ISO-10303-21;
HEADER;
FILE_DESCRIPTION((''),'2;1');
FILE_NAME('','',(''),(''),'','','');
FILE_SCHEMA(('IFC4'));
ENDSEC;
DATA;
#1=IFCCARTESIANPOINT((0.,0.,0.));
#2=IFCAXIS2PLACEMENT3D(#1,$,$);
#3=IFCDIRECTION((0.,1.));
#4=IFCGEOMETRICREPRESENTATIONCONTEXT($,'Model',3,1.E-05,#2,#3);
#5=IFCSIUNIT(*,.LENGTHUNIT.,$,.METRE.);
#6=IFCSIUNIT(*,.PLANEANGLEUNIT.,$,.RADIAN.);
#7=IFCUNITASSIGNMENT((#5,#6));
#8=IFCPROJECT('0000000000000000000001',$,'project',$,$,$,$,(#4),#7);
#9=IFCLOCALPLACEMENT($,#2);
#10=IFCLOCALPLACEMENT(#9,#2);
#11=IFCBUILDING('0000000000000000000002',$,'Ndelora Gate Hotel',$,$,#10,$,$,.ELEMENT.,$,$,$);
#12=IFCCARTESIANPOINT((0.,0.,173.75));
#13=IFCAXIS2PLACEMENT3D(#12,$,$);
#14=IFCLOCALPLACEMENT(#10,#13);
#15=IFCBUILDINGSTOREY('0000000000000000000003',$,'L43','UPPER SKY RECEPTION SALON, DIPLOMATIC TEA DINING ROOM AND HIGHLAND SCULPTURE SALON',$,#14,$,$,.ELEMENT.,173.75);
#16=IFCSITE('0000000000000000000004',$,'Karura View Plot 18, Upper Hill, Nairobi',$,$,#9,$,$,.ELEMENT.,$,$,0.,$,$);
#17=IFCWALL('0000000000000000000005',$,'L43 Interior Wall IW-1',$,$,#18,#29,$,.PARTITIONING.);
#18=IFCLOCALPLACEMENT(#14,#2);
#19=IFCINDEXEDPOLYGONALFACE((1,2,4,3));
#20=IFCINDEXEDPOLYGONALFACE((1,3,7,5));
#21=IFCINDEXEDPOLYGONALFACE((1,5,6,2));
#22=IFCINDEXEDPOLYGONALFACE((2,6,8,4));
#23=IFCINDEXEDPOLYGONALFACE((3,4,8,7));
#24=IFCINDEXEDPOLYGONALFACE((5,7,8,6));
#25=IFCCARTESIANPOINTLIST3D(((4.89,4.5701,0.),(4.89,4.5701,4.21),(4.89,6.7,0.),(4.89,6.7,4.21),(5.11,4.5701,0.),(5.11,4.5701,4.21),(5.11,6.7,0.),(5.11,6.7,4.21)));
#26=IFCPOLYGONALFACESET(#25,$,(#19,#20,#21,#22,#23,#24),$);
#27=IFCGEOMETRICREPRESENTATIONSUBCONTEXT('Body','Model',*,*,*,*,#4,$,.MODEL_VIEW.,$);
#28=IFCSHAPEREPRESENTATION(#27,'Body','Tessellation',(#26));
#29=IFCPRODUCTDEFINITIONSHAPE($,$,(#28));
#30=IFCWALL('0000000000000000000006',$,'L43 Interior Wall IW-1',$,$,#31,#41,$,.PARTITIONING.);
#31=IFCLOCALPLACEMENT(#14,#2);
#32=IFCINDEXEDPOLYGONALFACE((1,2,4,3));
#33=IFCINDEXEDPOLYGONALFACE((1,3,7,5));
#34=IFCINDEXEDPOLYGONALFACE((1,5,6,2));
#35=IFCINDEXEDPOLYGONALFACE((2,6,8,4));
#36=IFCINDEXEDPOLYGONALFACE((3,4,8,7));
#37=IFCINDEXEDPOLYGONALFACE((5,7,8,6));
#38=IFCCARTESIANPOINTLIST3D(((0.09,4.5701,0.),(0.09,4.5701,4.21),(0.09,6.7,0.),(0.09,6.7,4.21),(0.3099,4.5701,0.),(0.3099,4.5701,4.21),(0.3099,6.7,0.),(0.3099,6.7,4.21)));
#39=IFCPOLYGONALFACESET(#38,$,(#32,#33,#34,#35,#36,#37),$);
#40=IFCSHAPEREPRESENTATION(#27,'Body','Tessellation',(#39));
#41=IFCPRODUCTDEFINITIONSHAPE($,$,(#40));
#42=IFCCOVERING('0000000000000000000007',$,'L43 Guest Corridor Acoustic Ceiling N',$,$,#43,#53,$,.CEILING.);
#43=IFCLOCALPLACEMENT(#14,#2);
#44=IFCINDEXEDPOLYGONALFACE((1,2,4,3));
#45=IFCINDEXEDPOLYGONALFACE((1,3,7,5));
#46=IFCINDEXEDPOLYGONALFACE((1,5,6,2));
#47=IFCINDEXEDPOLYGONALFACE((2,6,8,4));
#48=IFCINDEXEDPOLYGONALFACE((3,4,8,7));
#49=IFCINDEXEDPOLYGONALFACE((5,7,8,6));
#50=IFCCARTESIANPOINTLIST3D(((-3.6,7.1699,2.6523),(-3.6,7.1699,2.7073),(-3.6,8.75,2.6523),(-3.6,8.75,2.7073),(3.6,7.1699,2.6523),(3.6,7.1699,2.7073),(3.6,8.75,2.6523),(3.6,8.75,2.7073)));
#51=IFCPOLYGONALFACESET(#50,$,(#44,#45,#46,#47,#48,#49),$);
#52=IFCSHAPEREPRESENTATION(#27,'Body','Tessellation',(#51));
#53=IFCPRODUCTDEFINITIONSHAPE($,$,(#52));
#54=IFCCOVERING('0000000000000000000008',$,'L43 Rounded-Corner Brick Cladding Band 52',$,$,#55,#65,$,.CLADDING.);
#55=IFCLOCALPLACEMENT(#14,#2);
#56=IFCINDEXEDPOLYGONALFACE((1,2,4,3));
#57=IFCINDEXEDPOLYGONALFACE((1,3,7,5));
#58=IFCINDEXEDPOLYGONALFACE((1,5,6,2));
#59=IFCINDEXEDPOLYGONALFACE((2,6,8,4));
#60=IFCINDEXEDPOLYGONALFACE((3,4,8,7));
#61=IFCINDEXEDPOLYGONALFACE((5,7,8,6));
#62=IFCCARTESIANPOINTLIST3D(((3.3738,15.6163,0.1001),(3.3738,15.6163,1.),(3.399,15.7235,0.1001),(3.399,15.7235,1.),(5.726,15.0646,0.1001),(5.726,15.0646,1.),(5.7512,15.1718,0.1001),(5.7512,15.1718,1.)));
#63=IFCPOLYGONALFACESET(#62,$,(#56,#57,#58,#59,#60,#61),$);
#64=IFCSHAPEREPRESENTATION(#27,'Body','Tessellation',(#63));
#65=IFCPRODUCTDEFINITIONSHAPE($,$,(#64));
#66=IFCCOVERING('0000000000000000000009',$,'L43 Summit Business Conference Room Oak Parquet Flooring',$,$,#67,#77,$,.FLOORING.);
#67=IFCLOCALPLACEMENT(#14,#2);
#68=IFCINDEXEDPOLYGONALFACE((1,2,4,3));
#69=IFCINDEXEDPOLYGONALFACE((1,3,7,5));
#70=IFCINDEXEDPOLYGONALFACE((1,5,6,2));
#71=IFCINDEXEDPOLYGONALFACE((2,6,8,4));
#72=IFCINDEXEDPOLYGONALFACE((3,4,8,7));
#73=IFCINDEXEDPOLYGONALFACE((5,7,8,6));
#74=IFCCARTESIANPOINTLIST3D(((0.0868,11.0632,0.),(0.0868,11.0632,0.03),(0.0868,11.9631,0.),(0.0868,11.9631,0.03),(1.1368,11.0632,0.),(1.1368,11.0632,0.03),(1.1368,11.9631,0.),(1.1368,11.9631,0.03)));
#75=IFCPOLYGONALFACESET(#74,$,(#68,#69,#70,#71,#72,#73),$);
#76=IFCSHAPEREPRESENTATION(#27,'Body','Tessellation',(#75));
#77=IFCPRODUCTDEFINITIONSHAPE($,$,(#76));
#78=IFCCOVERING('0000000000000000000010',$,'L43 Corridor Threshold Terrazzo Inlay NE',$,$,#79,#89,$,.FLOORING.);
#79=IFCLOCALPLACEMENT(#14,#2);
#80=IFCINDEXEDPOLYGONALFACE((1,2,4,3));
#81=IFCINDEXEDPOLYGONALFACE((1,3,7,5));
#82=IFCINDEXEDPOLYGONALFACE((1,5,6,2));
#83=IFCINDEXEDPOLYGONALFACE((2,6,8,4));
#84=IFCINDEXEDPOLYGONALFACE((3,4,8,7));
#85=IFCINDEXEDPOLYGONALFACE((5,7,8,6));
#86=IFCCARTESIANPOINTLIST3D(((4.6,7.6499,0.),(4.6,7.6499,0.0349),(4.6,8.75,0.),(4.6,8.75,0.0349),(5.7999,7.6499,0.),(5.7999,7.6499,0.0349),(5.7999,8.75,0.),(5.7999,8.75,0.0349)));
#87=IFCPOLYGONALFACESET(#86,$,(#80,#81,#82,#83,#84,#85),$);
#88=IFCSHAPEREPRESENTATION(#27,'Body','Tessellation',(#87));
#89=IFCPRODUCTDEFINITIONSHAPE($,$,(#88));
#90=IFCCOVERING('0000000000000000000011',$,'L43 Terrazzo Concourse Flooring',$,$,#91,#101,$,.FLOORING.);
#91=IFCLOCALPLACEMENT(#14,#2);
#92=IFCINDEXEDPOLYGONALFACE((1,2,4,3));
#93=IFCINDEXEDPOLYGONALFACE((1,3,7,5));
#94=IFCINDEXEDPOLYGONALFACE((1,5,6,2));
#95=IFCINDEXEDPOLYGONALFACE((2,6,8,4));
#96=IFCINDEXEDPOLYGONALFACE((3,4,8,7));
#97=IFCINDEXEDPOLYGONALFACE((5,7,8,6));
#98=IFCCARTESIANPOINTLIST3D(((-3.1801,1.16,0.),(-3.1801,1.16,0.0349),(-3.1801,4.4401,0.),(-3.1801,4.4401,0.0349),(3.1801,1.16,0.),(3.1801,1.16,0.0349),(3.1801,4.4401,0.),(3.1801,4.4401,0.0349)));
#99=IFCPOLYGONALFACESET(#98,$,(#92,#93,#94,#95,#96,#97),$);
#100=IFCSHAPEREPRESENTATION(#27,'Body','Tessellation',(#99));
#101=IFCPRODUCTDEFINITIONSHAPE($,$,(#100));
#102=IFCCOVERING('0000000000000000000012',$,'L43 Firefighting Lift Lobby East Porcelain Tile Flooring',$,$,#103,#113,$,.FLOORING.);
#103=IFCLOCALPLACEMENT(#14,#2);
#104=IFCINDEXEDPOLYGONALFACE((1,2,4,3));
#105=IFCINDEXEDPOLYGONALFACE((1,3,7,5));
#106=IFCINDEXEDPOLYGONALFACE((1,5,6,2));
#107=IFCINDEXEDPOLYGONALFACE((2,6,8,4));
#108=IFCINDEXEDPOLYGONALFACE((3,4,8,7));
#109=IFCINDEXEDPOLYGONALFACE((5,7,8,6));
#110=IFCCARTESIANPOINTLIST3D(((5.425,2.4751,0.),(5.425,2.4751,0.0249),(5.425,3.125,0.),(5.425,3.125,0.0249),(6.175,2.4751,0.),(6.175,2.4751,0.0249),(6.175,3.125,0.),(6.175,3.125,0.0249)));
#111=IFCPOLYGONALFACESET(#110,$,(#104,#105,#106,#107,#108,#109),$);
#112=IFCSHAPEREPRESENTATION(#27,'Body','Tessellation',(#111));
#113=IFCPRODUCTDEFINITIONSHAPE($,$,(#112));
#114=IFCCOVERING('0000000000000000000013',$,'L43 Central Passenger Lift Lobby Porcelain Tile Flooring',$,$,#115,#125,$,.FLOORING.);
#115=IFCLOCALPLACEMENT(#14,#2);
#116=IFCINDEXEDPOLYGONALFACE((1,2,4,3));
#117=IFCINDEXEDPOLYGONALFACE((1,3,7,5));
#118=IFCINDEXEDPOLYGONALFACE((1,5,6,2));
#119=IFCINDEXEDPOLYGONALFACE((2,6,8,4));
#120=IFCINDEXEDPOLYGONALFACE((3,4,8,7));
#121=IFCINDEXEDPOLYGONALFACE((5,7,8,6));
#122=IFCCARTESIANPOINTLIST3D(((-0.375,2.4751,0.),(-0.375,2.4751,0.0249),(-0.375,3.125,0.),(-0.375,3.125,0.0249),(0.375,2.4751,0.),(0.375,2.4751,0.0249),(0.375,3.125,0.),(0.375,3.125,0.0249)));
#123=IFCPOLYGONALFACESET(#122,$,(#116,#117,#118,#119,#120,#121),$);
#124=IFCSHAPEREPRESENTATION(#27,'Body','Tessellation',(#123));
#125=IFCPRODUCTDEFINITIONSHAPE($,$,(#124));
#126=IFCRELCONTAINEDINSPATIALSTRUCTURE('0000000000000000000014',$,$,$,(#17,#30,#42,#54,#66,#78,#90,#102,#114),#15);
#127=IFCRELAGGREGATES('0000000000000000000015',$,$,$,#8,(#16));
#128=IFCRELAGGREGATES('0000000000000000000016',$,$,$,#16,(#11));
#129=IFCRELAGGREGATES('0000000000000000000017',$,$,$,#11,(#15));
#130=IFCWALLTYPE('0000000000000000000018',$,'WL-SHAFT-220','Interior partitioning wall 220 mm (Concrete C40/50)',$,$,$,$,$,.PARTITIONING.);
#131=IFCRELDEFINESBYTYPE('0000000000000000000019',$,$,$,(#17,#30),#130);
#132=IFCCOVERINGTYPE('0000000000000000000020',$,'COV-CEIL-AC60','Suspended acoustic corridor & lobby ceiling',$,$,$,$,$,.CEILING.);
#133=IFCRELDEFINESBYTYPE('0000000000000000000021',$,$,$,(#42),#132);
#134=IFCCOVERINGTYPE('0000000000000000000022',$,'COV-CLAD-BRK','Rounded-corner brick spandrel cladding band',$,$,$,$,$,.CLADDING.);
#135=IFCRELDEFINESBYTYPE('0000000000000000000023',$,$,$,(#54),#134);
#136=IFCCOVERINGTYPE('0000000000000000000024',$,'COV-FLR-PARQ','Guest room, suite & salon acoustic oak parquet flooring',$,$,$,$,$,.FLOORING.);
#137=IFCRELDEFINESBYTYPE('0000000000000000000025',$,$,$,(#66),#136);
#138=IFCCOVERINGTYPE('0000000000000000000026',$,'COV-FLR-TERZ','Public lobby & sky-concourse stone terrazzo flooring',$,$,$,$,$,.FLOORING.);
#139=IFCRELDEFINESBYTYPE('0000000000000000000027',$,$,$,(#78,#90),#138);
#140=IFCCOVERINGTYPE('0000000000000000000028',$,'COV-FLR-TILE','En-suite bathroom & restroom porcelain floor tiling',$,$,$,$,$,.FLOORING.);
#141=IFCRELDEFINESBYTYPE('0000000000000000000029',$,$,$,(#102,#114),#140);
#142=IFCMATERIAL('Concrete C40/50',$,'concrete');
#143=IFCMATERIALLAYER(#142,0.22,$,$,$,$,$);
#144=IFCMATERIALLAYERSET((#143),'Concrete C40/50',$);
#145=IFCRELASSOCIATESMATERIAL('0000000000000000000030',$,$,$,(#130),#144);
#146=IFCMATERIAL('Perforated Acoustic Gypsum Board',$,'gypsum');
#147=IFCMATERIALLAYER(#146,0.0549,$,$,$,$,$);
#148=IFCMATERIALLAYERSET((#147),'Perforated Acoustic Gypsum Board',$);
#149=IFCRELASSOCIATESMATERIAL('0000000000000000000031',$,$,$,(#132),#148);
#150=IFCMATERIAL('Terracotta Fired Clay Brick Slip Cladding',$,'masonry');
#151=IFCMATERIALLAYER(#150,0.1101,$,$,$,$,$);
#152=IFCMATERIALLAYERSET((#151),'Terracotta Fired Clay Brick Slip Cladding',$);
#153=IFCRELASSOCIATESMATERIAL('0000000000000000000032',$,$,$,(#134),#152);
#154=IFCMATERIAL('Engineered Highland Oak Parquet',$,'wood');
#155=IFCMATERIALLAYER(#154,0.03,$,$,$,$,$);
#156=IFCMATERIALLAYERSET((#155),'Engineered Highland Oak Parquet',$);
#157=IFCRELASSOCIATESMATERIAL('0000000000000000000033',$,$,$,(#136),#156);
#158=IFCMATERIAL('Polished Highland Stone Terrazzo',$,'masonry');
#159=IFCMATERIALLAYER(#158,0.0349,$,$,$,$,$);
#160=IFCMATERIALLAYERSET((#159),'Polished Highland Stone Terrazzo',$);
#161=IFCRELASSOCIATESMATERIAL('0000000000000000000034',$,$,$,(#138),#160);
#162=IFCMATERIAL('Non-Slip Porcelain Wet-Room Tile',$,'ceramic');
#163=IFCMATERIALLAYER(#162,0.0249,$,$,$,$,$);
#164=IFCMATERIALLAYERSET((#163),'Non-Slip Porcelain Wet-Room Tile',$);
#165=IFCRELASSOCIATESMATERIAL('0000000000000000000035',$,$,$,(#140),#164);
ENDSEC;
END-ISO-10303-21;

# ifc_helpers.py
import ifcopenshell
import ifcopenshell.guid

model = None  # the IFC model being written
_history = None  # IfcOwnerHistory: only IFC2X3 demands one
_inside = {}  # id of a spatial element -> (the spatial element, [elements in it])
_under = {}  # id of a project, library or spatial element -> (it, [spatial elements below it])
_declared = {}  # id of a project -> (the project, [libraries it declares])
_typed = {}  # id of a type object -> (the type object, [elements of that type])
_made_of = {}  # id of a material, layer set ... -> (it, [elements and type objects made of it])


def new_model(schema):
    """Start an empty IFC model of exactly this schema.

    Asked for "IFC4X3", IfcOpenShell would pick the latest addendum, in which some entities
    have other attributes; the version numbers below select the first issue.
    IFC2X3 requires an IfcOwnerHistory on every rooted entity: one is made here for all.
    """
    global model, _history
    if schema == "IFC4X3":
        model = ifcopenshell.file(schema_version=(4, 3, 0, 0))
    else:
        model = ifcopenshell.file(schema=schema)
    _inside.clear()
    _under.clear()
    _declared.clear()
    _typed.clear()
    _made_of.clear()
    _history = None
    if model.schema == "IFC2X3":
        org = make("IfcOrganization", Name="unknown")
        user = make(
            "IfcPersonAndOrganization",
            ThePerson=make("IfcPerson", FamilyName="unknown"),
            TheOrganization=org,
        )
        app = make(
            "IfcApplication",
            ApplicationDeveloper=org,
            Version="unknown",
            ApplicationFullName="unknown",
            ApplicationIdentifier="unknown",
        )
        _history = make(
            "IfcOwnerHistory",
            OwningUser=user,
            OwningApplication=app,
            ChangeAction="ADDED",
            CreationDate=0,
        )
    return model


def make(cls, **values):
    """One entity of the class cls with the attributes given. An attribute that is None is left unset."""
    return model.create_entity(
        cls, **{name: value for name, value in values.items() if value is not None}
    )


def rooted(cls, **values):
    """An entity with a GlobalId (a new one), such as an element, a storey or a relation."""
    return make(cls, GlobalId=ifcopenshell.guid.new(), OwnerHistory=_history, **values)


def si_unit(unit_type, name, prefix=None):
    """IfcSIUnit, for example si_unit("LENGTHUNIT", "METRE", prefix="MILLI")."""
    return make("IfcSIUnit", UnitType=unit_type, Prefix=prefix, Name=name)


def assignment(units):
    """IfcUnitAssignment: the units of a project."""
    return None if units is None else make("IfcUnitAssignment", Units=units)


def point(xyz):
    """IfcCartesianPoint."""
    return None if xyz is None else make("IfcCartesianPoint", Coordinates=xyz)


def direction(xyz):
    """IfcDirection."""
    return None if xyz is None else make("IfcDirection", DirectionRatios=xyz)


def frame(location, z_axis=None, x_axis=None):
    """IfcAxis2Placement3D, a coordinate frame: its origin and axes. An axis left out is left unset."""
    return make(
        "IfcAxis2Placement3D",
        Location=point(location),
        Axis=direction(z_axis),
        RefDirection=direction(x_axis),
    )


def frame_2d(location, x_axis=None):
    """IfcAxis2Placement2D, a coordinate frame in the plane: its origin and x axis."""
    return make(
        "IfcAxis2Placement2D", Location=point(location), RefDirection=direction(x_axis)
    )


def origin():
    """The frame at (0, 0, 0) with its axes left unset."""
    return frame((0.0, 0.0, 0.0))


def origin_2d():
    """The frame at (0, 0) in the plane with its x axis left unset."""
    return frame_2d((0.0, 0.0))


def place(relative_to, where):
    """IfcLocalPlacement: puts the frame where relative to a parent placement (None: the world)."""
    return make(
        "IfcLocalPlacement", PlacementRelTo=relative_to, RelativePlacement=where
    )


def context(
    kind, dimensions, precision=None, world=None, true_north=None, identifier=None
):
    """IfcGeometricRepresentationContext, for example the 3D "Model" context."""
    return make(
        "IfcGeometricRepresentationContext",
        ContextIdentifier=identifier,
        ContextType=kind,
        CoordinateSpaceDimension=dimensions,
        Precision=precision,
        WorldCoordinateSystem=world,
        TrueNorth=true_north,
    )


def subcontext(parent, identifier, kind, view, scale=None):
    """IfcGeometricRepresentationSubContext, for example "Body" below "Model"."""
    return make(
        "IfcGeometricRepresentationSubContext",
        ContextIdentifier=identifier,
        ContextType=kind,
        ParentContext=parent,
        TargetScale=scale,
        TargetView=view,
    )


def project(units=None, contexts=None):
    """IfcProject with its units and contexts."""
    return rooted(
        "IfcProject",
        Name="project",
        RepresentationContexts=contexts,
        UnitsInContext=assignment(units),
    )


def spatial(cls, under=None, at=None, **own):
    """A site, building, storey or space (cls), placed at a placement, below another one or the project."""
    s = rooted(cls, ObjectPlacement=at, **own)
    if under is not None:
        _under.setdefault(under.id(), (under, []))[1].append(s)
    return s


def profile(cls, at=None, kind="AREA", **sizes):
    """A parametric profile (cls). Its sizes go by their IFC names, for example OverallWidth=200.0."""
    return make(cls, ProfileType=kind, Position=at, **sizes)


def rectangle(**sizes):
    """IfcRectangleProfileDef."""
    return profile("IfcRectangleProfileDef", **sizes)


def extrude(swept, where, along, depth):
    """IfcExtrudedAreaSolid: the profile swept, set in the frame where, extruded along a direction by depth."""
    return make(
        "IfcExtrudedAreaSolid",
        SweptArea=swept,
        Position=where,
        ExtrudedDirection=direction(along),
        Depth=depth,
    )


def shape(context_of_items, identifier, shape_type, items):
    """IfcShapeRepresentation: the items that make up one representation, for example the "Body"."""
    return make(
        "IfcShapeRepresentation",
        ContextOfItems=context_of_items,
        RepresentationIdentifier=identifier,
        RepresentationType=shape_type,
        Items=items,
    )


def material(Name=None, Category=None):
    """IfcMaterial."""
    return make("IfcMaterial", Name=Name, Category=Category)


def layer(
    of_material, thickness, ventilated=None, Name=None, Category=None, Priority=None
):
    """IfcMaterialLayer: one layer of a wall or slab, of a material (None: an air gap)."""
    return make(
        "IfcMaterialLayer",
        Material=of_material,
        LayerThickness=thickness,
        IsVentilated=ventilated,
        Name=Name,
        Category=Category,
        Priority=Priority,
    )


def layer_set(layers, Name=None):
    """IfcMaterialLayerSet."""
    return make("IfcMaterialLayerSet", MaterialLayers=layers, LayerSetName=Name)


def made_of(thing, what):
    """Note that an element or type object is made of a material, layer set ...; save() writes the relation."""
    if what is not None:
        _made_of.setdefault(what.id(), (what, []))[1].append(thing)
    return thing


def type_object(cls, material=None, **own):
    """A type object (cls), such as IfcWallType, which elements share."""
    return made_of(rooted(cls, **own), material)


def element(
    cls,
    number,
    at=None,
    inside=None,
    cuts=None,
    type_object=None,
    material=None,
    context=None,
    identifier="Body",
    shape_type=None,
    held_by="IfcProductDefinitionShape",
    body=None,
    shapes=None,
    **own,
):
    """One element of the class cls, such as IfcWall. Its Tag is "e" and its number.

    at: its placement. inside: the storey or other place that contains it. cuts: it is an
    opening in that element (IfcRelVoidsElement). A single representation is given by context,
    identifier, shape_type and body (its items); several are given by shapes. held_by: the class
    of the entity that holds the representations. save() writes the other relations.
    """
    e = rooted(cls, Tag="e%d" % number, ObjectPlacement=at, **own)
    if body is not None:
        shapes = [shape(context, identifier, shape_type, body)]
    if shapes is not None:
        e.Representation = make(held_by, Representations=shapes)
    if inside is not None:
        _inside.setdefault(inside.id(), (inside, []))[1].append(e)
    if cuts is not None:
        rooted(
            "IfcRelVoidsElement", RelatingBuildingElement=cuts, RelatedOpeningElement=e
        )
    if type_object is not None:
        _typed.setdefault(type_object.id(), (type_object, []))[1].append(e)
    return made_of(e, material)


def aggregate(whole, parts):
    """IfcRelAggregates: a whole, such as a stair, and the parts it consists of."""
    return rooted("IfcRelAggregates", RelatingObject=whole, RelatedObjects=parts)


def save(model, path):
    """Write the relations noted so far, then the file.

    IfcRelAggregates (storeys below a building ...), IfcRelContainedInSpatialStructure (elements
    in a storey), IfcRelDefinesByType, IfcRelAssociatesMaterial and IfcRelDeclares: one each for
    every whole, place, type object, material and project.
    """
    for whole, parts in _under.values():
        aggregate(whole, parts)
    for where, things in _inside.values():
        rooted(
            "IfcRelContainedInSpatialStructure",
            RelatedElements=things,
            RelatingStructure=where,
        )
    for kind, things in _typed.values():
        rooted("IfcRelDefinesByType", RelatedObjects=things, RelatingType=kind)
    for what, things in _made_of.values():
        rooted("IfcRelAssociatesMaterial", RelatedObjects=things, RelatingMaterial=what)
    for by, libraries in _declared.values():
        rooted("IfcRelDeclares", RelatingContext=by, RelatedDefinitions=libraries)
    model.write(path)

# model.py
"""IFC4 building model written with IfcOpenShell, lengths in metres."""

from ifc_helpers import new_model, si_unit, direction, frame, frame_2d, origin, origin_2d, place, context, subcontext, project, spatial, rectangle, extrude, material, layer, layer_set, type_object, element, save


model = new_model("IFC4")

# Units and contexts
model_context = context("Model", 3, precision=1e-05, world=origin(), true_north=direction((0.0, 1.0)))
body_context = subcontext(model_context, "Body", "Model", "MODEL_VIEW")
ifc_project = project(units=[si_unit("LENGTHUNIT", "METRE"), si_unit("PLANEANGLEUNIT", "RADIAN")], contexts=[model_context])

# Site, building, storey
site_placement = place(None, origin())
site = spatial("IfcSite", under=ifc_project, at=site_placement, Name="Karura View Plot 18, Upper Hill, Nairobi", CompositionType="ELEMENT", RefElevation=0.0)
building_placement = place(site_placement, origin())
building = spatial("IfcBuilding", under=site, at=building_placement, Name="Ndelora Gate Hotel", CompositionType="ELEMENT")
storey_placement = place(building_placement, frame((0.0, 0.0, 173.75)))
storey = spatial("IfcBuildingStorey", under=building, at=storey_placement, Name="L43", Description="UPPER SKY RECEPTION SALON, DIPLOMATIC TEA DINING ROOM AND HIGHLAND SCULPTURE SALON", CompositionType="ELEMENT", Elevation=173.75)

# Shared definitions
ifc_material_1 = material(Name="Concrete C40/50", Category="concrete")
ifc_layer_1 = layer(ifc_material_1, 0.22)
ifc_layer_set_1 = layer_set([ifc_layer_1], Name="Concrete C40/50")
wall_type_1 = type_object("IfcWallType", Name="WL-SHAFT-220", Description="Interior partitioning wall 220 mm (Concrete C40/50)", PredefinedType="PARTITIONING", material=ifc_layer_set_1)

# Wall
for number, where, z_axis, x_axis, name in (
    (1, (5.0, 4.5701, 0.0), (0.0, 0.0, 1.0), (0.0, 1.0, 0.0), "L43 Interior Wall IW-1"),
):
    element("IfcWall", number, at=place(storey_placement, frame(where, z_axis=z_axis, x_axis=x_axis)), inside=storey, type_object=wall_type_1, Name=name, PredefinedType="PARTITIONING", context=body_context, shape_type="SweptSolid", body=[
        extrude(rectangle(XDim=2.1299, YDim=0.22, at=frame_2d((1.0649, 0.0))), origin(), (0.0, 0.0, 1.0), 4.21),
    ])

# Wall
wall_1_placement = place(storey_placement, frame((0.2, 4.5701, 0.0), z_axis=(0.0, 0.0, 1.0), x_axis=(0.0, 1.0, 0.0)))
element("IfcWall", 2, at=wall_1_placement, inside=storey, type_object=wall_type_1, Name="L43 Interior Wall IW-1", PredefinedType="PARTITIONING", context=body_context, shape_type="SweptSolid", body=[
    extrude(rectangle(XDim=2.1299, YDim=0.22, at=frame_2d((1.0649, 0.0))), origin(), (0.0, 0.0, 1.0), 4.21),
])

# Coverings
ifc_material_2 = material(Name="Perforated Acoustic Gypsum Board", Category="gypsum")
ifc_layer_2 = layer(ifc_material_2, 0.0549)
ifc_layer_set_2 = layer_set([ifc_layer_2], Name="Perforated Acoustic Gypsum Board")
covering_type_1 = type_object("IfcCoveringType", Name="COV-CEIL-AC60", Description="Suspended acoustic corridor & lobby ceiling", PredefinedType="CEILING", material=ifc_layer_set_2)
covering_1_placement = place(storey_placement, frame((0.0, 7.96, 2.6523), z_axis=(0.0, 0.0, 1.0), x_axis=(1.0, 0.0, 0.0)))
element("IfcCovering", 3, at=covering_1_placement, inside=storey, type_object=covering_type_1, Name="L43 Guest Corridor Acoustic Ceiling N", PredefinedType="CEILING", context=body_context, shape_type="SweptSolid", body=[
    extrude(rectangle(XDim=7.2, YDim=1.5801, at=origin_2d()), origin(), (0.0, 0.0, 1.0), 0.0549),
])
ifc_material_3 = material(Name="Terracotta Fired Clay Brick Slip Cladding", Category="masonry")
ifc_layer_3 = layer(ifc_material_3, 0.1101)
ifc_layer_set_3 = layer_set([ifc_layer_3], Name="Terracotta Fired Clay Brick Slip Cladding")
covering_type_2 = type_object("IfcCoveringType", Name="COV-CLAD-BRK", Description="Rounded-corner brick spandrel cladding band", PredefinedType="CLADDING", material=ifc_layer_set_3)
covering_2_placement = place(storey_placement, frame((4.5625, 15.394, 0.1001), z_axis=(0.0, 0.0, 1.0), x_axis=(-0.973579, 0.228351, 0.0)))
element("IfcCovering", 4, at=covering_2_placement, inside=storey, type_object=covering_type_2, Name="L43 Rounded-Corner Brick Cladding Band 52", PredefinedType="CLADDING", context=body_context, shape_type="SweptSolid", body=[
    extrude(rectangle(XDim=2.416, YDim=0.1101, at=origin_2d()), origin(), (0.0, 0.0, 1.0), 0.8999),
])
ifc_material_4 = material(Name="Engineered Highland Oak Parquet", Category="wood")
ifc_layer_4 = layer(ifc_material_4, 0.03)
ifc_layer_set_4 = layer_set([ifc_layer_4], Name="Engineered Highland Oak Parquet")
covering_type_3 = type_object("IfcCoveringType", Name="COV-FLR-PARQ", Description="Guest room, suite & salon acoustic oak parquet flooring", PredefinedType="FLOORING", material=ifc_layer_set_4)
covering_3_placement = place(storey_placement, frame((0.6118, 11.5132, 0.0), z_axis=(0.0, 0.0, 1.0), x_axis=(1.0, 0.0, 0.0)))
element("IfcCovering", 5, at=covering_3_placement, inside=storey, type_object=covering_type_3, Name="L43 Summit Business Conference Room Oak Parquet Flooring", PredefinedType="FLOORING", context=body_context, shape_type="SweptSolid", body=[
    extrude(rectangle(XDim=1.05, YDim=0.8999, at=origin_2d()), origin(), (0.0, 0.0, 1.0), 0.03),
])
ifc_material_5 = material(Name="Polished Highland Stone Terrazzo", Category="masonry")
ifc_layer_5 = layer(ifc_material_5, 0.0349)
ifc_layer_set_5 = layer_set([ifc_layer_5], Name="Polished Highland Stone Terrazzo")
covering_type_4 = type_object("IfcCoveringType", Name="COV-FLR-TERZ", Description="Public lobby & sky-concourse stone terrazzo flooring", PredefinedType="FLOORING", material=ifc_layer_set_5)
covering_4_placement = place(storey_placement, frame((5.2, 8.2, 0.0), z_axis=(0.0, 0.0, 1.0), x_axis=(1.0, 0.0, 0.0)))
element("IfcCovering", 6, at=covering_4_placement, inside=storey, type_object=covering_type_4, Name="L43 Corridor Threshold Terrazzo Inlay NE", PredefinedType="FLOORING", context=body_context, shape_type="SweptSolid", body=[
    extrude(rectangle(XDim=1.2, YDim=1.1001, at=origin_2d()), origin(), (0.0, 0.0, 1.0), 0.0349),
])
covering_5_placement = place(storey_placement, frame((0.0, 2.8, 0.0), z_axis=(0.0, 0.0, 1.0), x_axis=(1.0, 0.0, 0.0)))
element("IfcCovering", 7, at=covering_5_placement, inside=storey, type_object=covering_type_4, Name="L43 Terrazzo Concourse Flooring", PredefinedType="FLOORING", context=body_context, shape_type="SweptSolid", body=[
    extrude(rectangle(XDim=6.3601, YDim=3.28, at=origin_2d()), origin(), (0.0, 0.0, 1.0), 0.0349),
])
ifc_material_6 = material(Name="Non-Slip Porcelain Wet-Room Tile", Category="ceramic")
ifc_layer_6 = layer(ifc_material_6, 0.0249)
ifc_layer_set_6 = layer_set([ifc_layer_6], Name="Non-Slip Porcelain Wet-Room Tile")
covering_type_5 = type_object("IfcCoveringType", Name="COV-FLR-TILE", Description="En-suite bathroom & restroom porcelain floor tiling", PredefinedType="FLOORING", material=ifc_layer_set_6)
for number, where, z_axis, x_axis, name in (
    (8, (5.8, 2.8, 0.0), (0.0, 0.0, 1.0), (1.0, 0.0, 0.0), "L43 Firefighting Lift Lobby East Porcelain Tile Flooring"),
    (9, (0.0, 2.8, 0.0), (0.0, 0.0, 1.0), (1.0, 0.0, 0.0), "L43 Central Passenger Lift Lobby Porcelain Tile Flooring"),
):
    element("IfcCovering", number, at=place(storey_placement, frame(where, z_axis=z_axis, x_axis=x_axis)), inside=storey, type_object=covering_type_5, Name=name, PredefinedType="FLOORING", context=body_context, shape_type="SweptSolid", body=[
        extrude(rectangle(XDim=0.75, YDim=0.6499, at=origin_2d()), origin(), (0.0, 0.0, 1.0), 0.0249),
    ])

save(model, "model.ifc")
